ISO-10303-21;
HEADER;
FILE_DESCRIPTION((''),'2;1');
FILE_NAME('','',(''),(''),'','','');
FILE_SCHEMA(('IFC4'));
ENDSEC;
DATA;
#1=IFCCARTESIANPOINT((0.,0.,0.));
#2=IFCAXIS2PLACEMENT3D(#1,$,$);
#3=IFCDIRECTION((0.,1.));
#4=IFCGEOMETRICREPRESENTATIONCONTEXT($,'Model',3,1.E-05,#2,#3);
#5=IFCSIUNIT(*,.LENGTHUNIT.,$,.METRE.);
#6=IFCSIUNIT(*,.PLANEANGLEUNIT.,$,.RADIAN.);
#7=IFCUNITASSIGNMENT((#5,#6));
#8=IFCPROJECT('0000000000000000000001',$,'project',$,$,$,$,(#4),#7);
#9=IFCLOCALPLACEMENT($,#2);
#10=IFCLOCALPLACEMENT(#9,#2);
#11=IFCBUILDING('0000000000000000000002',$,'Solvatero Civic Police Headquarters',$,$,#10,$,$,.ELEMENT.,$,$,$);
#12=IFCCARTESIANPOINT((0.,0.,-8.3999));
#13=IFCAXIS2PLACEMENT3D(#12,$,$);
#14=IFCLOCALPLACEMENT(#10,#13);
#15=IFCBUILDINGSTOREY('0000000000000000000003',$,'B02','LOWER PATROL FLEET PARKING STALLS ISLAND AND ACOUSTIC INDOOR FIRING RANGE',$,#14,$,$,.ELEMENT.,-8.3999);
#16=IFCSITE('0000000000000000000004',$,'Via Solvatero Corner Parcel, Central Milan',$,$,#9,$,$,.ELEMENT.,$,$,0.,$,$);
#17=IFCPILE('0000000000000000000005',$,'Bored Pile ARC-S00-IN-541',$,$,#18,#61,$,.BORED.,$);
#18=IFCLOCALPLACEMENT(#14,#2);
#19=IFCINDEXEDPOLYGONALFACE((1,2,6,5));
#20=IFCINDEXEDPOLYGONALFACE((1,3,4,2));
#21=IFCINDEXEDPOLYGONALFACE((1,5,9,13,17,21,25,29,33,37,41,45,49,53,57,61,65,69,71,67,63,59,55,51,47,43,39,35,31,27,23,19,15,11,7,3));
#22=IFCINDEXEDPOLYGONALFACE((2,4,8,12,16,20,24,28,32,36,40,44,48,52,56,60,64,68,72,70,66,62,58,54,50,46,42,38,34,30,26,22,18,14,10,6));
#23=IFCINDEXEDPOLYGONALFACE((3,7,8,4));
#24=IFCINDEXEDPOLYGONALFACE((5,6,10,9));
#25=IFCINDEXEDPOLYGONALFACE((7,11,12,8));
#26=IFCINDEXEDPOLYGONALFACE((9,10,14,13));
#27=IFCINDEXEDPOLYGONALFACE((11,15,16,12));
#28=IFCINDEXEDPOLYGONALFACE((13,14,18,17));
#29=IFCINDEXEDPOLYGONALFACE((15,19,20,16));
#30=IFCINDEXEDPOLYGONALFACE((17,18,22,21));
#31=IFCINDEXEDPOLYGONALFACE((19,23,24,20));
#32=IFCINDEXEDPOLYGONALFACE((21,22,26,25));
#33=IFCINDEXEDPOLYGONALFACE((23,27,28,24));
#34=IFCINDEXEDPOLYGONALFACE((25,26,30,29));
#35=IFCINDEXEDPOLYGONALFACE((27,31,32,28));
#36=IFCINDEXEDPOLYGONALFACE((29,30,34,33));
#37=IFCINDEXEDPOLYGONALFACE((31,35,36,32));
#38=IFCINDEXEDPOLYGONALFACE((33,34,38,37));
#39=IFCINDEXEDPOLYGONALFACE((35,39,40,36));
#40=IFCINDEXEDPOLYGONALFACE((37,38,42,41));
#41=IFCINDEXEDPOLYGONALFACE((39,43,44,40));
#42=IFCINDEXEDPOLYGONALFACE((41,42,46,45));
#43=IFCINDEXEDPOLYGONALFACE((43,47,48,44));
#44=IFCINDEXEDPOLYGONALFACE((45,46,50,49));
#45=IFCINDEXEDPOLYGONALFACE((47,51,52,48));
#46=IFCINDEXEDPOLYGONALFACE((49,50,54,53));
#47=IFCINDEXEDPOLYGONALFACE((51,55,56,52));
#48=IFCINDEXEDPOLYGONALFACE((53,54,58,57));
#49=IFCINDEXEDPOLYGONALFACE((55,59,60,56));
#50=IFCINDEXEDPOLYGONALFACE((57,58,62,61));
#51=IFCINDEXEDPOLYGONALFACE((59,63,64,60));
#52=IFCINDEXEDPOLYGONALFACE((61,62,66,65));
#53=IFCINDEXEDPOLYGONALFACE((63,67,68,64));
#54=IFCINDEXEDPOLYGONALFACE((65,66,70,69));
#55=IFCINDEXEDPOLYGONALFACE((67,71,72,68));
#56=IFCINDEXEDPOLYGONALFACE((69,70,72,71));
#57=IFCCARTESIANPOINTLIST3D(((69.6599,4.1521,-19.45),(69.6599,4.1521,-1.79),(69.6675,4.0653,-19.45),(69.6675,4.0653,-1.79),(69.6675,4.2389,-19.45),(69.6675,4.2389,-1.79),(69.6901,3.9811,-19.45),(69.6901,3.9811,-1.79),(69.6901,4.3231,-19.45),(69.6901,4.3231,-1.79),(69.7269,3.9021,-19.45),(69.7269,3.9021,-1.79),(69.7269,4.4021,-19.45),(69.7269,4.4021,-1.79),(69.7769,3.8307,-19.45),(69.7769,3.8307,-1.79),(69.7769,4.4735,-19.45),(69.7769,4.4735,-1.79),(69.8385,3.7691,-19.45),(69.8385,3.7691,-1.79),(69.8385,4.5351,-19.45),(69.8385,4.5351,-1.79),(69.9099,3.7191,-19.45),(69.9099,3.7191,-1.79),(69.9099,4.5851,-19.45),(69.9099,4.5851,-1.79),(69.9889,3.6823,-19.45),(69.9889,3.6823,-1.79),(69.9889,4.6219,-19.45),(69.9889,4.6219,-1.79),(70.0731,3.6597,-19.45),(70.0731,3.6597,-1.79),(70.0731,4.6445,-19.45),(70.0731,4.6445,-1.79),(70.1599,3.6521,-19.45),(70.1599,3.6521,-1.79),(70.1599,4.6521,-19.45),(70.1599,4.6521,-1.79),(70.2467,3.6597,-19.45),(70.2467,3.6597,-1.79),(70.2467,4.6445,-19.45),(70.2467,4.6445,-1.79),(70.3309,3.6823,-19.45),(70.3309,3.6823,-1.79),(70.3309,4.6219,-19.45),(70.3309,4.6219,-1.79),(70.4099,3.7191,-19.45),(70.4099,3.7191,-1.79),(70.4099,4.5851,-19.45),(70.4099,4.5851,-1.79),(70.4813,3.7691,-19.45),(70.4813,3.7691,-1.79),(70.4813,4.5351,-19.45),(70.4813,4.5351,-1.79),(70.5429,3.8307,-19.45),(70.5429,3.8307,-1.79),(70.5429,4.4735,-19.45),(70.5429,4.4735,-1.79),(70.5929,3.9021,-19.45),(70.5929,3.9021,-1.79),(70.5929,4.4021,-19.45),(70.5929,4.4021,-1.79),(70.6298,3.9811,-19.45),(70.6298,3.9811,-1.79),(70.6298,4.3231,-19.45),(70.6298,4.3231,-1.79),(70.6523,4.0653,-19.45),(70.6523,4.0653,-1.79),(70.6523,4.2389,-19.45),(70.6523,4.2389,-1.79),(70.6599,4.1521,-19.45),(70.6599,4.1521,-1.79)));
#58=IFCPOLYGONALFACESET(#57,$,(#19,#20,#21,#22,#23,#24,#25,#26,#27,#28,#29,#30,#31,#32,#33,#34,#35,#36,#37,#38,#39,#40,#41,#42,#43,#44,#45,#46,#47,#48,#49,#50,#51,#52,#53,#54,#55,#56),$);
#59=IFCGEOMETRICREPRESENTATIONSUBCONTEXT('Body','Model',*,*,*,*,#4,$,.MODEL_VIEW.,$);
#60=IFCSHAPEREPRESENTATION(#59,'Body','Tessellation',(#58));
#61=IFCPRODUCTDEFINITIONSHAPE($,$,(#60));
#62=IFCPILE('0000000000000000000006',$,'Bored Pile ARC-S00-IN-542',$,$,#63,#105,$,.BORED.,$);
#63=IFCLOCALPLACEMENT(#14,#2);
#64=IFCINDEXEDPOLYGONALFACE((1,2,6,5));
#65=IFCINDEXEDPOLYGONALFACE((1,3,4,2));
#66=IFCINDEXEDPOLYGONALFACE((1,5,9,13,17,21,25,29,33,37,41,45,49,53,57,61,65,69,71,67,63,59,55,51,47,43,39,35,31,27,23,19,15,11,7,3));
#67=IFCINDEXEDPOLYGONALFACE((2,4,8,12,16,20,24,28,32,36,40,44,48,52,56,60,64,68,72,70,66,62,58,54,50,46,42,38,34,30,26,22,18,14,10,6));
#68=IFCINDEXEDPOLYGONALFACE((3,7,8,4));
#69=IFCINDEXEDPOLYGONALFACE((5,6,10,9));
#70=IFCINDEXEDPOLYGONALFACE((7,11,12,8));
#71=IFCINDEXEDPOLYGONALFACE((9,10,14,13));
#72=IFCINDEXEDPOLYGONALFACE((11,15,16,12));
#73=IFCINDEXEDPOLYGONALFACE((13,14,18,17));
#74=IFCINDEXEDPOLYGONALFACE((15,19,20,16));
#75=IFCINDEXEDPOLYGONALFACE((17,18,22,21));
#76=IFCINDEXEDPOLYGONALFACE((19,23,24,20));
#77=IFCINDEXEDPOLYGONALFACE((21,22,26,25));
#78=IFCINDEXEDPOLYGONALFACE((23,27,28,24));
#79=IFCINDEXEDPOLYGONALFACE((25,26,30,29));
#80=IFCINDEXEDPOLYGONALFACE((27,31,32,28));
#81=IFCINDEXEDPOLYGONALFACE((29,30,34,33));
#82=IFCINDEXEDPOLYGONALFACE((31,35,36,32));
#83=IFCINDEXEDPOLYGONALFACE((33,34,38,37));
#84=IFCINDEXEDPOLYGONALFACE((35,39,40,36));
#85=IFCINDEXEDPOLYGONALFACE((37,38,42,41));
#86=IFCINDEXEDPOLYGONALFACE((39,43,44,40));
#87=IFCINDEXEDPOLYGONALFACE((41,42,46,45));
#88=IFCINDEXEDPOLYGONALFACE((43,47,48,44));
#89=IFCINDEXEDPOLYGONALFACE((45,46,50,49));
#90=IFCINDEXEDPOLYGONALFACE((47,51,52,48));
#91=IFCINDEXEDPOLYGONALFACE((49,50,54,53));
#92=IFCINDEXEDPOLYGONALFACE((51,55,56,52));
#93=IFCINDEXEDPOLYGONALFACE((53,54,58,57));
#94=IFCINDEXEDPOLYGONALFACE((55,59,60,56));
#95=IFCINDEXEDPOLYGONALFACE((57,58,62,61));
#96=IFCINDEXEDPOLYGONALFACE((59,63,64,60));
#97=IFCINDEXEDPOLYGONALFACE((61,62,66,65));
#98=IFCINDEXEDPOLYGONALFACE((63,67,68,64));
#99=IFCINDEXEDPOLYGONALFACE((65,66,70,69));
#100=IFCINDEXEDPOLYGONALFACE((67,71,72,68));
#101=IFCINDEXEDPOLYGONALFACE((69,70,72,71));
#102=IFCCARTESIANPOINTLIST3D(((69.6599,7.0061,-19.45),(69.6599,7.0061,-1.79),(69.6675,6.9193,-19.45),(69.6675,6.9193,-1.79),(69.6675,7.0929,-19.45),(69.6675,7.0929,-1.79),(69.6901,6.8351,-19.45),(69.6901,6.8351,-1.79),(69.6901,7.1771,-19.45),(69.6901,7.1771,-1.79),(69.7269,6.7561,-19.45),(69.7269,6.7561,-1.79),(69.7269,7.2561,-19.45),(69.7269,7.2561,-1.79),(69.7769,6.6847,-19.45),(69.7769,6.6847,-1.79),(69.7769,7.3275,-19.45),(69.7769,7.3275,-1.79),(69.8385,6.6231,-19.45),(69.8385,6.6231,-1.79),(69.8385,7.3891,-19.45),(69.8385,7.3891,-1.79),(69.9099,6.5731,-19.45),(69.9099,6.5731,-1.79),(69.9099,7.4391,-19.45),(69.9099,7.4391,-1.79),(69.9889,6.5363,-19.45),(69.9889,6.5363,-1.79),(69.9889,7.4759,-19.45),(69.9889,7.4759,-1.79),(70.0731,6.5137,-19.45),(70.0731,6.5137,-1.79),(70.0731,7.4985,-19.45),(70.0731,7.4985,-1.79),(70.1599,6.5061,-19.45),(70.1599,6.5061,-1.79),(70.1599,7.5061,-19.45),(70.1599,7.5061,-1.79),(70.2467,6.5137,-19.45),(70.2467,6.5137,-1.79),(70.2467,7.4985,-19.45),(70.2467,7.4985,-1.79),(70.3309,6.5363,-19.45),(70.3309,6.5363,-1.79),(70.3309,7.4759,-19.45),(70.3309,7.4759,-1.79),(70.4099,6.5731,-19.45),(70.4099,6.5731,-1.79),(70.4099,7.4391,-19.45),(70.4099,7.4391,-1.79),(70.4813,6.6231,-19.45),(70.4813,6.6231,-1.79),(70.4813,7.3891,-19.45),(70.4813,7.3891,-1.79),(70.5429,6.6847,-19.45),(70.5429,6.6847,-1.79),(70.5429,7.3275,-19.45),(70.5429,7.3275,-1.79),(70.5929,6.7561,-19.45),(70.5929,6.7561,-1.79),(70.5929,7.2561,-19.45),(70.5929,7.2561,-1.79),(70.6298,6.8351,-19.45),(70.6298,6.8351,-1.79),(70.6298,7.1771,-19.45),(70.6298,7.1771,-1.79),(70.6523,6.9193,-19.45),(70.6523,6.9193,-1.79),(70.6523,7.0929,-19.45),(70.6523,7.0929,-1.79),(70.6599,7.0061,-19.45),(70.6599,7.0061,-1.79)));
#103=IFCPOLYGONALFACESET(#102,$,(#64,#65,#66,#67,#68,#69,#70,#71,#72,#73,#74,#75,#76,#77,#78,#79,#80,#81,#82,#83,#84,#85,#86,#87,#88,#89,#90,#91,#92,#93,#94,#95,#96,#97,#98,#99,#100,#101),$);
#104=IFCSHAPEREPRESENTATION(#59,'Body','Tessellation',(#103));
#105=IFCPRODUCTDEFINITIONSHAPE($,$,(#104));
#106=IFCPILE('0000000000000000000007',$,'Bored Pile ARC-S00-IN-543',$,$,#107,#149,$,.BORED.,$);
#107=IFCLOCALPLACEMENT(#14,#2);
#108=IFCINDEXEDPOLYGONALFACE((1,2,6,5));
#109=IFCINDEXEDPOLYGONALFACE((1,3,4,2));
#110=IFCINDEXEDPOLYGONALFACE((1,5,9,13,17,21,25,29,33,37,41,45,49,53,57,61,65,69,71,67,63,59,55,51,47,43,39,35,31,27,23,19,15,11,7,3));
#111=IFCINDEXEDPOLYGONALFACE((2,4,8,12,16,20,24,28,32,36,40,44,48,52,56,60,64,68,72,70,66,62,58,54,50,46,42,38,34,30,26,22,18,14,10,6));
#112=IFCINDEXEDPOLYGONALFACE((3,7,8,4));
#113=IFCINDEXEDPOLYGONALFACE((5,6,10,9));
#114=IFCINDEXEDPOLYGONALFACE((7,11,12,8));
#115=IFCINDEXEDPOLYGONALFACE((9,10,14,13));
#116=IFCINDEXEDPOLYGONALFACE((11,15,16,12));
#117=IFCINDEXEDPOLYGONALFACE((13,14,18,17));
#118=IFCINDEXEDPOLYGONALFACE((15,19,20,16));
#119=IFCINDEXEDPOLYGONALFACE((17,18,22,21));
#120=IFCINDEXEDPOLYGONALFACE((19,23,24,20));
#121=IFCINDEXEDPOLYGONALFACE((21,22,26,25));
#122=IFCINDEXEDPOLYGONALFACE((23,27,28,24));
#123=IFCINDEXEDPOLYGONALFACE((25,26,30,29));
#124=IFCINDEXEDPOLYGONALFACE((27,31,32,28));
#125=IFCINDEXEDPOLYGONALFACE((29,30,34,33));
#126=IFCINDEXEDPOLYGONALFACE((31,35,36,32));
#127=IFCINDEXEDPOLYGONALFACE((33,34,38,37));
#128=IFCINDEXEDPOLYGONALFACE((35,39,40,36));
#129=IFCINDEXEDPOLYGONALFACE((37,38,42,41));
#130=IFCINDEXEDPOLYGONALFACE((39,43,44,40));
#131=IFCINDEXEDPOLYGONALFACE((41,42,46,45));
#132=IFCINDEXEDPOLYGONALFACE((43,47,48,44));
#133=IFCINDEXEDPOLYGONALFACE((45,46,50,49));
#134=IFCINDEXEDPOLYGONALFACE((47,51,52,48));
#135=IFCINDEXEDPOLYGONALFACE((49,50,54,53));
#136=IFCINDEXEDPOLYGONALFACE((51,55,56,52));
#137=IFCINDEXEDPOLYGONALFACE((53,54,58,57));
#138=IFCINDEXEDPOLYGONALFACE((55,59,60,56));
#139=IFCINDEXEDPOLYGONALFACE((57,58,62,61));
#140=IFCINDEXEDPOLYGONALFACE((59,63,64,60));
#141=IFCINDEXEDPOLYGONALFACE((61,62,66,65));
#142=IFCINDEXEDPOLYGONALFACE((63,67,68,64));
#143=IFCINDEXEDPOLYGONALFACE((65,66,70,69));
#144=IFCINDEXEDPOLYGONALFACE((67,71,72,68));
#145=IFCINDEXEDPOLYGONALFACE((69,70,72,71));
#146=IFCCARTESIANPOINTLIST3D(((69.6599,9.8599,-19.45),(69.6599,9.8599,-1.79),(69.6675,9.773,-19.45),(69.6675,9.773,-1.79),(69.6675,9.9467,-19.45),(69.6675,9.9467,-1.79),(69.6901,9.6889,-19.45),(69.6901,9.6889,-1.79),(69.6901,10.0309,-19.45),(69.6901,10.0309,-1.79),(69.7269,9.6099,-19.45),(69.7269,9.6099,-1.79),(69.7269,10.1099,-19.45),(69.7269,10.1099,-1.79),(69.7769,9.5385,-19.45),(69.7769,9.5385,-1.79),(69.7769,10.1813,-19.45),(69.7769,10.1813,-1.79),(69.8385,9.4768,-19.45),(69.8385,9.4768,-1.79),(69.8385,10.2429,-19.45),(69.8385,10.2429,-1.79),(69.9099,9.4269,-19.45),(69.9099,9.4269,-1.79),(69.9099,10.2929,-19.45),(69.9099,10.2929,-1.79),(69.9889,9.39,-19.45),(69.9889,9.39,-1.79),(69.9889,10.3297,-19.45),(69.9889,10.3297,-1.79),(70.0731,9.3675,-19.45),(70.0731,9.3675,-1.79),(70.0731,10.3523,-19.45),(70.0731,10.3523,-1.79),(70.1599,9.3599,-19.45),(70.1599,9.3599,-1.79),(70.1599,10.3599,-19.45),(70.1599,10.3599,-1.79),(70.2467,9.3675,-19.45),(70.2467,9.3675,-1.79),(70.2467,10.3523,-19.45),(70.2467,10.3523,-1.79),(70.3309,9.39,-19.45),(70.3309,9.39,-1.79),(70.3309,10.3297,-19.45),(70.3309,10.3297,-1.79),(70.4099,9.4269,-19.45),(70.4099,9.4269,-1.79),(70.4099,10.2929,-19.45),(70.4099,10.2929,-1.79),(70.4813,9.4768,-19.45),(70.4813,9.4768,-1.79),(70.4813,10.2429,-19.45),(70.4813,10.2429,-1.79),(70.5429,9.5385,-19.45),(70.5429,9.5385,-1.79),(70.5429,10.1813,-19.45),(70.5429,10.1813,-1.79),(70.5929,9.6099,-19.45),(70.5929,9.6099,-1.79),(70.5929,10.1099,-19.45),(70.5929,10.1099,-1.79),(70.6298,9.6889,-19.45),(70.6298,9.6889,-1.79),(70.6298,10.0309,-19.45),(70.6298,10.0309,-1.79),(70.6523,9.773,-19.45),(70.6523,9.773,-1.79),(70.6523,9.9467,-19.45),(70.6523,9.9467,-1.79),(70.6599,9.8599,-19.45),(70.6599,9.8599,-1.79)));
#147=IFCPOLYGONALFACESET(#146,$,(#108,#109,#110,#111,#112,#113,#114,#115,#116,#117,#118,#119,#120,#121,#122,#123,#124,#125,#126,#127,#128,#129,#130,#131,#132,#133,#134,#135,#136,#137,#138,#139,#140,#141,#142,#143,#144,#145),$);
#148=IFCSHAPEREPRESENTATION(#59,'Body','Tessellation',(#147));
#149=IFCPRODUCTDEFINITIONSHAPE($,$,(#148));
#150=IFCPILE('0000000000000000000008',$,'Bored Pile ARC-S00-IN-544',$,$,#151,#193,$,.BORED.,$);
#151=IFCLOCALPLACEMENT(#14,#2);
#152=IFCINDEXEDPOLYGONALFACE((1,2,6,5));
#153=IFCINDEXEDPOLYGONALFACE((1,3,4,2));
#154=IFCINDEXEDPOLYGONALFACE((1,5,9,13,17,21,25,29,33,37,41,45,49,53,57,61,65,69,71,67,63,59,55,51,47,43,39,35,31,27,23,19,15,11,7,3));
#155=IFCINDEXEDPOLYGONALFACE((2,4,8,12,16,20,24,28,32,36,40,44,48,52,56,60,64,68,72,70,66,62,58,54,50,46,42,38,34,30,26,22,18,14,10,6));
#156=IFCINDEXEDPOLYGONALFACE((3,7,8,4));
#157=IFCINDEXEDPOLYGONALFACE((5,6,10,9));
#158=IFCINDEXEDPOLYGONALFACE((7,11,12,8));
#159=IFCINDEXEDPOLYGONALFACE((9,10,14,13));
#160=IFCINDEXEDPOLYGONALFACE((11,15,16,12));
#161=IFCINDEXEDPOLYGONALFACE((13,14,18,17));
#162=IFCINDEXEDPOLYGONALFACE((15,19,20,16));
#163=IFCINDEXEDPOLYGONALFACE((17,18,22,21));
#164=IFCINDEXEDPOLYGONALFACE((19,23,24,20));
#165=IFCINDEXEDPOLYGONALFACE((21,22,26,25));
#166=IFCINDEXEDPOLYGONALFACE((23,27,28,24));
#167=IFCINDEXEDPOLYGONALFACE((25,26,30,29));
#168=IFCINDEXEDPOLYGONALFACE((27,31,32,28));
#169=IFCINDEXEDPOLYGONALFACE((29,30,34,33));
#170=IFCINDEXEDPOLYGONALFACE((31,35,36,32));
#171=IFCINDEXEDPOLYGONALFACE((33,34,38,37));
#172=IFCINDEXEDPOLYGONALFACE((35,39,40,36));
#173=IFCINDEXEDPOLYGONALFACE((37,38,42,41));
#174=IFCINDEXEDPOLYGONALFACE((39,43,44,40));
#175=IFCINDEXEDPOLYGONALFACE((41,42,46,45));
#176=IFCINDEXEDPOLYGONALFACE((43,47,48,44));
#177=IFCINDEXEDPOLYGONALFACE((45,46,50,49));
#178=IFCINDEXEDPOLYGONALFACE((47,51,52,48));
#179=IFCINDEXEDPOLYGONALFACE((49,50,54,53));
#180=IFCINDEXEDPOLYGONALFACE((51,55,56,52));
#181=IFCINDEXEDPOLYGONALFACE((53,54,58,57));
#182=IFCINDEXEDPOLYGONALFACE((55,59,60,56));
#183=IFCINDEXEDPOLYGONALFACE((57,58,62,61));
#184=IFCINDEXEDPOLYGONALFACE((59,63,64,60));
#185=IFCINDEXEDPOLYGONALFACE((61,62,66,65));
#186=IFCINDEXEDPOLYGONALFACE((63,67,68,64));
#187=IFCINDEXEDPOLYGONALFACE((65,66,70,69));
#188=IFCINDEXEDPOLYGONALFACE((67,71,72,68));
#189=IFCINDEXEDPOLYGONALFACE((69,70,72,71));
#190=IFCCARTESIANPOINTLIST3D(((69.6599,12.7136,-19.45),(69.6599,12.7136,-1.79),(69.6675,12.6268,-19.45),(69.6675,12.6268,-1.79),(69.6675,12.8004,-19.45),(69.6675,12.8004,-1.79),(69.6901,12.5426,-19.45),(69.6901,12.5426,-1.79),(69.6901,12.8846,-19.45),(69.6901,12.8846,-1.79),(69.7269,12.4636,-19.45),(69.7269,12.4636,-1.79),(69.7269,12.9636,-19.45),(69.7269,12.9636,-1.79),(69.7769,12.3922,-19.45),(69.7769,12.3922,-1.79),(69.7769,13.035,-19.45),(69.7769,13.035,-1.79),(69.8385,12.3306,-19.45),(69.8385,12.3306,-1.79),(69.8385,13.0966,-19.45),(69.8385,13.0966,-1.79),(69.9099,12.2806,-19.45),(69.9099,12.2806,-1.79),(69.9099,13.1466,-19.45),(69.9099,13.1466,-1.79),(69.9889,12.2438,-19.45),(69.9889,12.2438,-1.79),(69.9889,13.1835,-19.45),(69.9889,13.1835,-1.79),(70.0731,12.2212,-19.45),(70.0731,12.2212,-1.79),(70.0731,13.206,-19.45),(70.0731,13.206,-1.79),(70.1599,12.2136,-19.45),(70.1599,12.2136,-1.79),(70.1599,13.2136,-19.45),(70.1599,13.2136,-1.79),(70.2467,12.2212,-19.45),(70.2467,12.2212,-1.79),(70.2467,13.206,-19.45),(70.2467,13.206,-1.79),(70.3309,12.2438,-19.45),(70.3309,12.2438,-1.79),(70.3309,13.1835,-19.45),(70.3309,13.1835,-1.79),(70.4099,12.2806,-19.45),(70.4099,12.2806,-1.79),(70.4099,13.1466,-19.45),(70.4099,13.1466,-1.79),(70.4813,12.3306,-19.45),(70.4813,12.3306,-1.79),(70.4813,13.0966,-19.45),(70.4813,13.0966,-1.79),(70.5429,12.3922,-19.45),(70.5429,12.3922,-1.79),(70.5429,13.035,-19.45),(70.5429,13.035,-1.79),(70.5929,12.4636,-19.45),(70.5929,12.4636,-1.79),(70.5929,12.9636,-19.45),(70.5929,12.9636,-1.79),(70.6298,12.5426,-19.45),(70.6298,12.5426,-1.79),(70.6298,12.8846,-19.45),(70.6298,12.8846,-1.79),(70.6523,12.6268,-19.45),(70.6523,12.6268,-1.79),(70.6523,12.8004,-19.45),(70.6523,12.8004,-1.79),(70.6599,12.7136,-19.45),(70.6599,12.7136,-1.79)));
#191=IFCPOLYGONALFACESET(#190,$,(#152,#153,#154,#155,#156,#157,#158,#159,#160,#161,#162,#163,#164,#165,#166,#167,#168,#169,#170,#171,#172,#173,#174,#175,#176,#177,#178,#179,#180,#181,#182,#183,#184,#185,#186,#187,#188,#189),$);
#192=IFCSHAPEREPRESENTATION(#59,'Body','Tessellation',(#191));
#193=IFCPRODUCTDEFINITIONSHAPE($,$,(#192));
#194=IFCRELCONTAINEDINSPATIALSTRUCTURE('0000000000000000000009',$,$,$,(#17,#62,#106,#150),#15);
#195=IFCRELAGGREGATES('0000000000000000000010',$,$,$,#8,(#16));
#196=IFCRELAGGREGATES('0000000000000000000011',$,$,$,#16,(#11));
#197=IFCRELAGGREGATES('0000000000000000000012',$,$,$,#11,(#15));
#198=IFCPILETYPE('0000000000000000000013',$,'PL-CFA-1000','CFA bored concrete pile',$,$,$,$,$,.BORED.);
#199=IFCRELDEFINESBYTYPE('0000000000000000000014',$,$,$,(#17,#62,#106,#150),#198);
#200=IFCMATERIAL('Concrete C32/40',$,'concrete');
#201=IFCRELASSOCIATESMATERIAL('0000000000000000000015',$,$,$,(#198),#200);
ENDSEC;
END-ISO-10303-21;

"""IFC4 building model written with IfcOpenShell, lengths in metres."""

from ifc_helpers import new_model, si_unit, direction, frame, origin, origin_2d, place, context, subcontext, project, spatial, circle, extrude, material, material_profile, profile_set, type_object, element, save


model = new_model("IFC4")

# Units and contexts
model_context = context("Model", 3, precision=1e-05, world=origin(), true_north=direction((0.0, 1.0)))
body_context = subcontext(model_context, "Body", "Model", "MODEL_VIEW")
ifc_project = project(units=[si_unit("LENGTHUNIT", "METRE"), si_unit("PLANEANGLEUNIT", "RADIAN")], contexts=[model_context])

# Site, building, storey
site_placement = place(None, origin())
site = spatial("IfcSite", under=ifc_project, at=site_placement, Name="Via Solvatero Corner Parcel, Central Milan", CompositionType="ELEMENT", RefElevation=0.0)
building_placement = place(site_placement, origin())
building = spatial("IfcBuilding", under=site, at=building_placement, Name="Solvatero Civic Police Headquarters", CompositionType="ELEMENT")
storey_placement = place(building_placement, frame((0.0, 0.0, -8.3999)))
storey = spatial("IfcBuildingStorey", under=building, at=storey_placement, Name="B02", Description="LOWER PATROL FLEET PARKING STALLS ISLAND AND ACOUSTIC INDOOR FIRING RANGE", CompositionType="ELEMENT", Elevation=-8.3999)

# Piles
ifc_material_1 = material(Name="Concrete C32/40", Category="concrete")
ifc_material_profile_1 = material_profile(ifc_material_1, circle(Radius=0.5, at=origin_2d()), Name="CFA PILE D1000")
ifc_profile_set_1 = profile_set([ifc_material_profile_1], Name="Concrete C32/40")
pile_type = type_object("IfcPileType", Name="PL-CFA-1000", Description="CFA bored concrete pile", PredefinedType="BORED", material=ifc_profile_set_1)
for number, where, z_axis, x_axis, name in (
    (1, (70.1599, 4.1521, -1.79), (0.0, 0.0, -1.0), (1.0, 0.0, 0.0), "Bored Pile ARC-S00-IN-541"),
    (2, (70.1599, 7.0061, -1.79), (0.0, 0.0, -1.0), (1.0, 0.0, 0.0), "Bored Pile ARC-S00-IN-542"),
    (3, (70.1599, 9.8599, -1.79), (0.0, 0.0, -1.0), (1.0, 0.0, 0.0), "Bored Pile ARC-S00-IN-543"),
    (4, (70.1599, 12.7136, -1.79), (0.0, 0.0, -1.0), (1.0, 0.0, 0.0), "Bored Pile ARC-S00-IN-544"),
):
    element("IfcPile", number, at=place(storey_placement, frame(where, z_axis=z_axis, x_axis=x_axis)), inside=storey, type_object=pile_type, Name=name, PredefinedType="BORED", context=body_context, shape_type="SweptSolid", body=[
        extrude(circle(Radius=0.5, at=origin_2d()), origin(), (0.0, 0.0, 1.0), 17.6599),
    ])

save(model, "model.ifc")
